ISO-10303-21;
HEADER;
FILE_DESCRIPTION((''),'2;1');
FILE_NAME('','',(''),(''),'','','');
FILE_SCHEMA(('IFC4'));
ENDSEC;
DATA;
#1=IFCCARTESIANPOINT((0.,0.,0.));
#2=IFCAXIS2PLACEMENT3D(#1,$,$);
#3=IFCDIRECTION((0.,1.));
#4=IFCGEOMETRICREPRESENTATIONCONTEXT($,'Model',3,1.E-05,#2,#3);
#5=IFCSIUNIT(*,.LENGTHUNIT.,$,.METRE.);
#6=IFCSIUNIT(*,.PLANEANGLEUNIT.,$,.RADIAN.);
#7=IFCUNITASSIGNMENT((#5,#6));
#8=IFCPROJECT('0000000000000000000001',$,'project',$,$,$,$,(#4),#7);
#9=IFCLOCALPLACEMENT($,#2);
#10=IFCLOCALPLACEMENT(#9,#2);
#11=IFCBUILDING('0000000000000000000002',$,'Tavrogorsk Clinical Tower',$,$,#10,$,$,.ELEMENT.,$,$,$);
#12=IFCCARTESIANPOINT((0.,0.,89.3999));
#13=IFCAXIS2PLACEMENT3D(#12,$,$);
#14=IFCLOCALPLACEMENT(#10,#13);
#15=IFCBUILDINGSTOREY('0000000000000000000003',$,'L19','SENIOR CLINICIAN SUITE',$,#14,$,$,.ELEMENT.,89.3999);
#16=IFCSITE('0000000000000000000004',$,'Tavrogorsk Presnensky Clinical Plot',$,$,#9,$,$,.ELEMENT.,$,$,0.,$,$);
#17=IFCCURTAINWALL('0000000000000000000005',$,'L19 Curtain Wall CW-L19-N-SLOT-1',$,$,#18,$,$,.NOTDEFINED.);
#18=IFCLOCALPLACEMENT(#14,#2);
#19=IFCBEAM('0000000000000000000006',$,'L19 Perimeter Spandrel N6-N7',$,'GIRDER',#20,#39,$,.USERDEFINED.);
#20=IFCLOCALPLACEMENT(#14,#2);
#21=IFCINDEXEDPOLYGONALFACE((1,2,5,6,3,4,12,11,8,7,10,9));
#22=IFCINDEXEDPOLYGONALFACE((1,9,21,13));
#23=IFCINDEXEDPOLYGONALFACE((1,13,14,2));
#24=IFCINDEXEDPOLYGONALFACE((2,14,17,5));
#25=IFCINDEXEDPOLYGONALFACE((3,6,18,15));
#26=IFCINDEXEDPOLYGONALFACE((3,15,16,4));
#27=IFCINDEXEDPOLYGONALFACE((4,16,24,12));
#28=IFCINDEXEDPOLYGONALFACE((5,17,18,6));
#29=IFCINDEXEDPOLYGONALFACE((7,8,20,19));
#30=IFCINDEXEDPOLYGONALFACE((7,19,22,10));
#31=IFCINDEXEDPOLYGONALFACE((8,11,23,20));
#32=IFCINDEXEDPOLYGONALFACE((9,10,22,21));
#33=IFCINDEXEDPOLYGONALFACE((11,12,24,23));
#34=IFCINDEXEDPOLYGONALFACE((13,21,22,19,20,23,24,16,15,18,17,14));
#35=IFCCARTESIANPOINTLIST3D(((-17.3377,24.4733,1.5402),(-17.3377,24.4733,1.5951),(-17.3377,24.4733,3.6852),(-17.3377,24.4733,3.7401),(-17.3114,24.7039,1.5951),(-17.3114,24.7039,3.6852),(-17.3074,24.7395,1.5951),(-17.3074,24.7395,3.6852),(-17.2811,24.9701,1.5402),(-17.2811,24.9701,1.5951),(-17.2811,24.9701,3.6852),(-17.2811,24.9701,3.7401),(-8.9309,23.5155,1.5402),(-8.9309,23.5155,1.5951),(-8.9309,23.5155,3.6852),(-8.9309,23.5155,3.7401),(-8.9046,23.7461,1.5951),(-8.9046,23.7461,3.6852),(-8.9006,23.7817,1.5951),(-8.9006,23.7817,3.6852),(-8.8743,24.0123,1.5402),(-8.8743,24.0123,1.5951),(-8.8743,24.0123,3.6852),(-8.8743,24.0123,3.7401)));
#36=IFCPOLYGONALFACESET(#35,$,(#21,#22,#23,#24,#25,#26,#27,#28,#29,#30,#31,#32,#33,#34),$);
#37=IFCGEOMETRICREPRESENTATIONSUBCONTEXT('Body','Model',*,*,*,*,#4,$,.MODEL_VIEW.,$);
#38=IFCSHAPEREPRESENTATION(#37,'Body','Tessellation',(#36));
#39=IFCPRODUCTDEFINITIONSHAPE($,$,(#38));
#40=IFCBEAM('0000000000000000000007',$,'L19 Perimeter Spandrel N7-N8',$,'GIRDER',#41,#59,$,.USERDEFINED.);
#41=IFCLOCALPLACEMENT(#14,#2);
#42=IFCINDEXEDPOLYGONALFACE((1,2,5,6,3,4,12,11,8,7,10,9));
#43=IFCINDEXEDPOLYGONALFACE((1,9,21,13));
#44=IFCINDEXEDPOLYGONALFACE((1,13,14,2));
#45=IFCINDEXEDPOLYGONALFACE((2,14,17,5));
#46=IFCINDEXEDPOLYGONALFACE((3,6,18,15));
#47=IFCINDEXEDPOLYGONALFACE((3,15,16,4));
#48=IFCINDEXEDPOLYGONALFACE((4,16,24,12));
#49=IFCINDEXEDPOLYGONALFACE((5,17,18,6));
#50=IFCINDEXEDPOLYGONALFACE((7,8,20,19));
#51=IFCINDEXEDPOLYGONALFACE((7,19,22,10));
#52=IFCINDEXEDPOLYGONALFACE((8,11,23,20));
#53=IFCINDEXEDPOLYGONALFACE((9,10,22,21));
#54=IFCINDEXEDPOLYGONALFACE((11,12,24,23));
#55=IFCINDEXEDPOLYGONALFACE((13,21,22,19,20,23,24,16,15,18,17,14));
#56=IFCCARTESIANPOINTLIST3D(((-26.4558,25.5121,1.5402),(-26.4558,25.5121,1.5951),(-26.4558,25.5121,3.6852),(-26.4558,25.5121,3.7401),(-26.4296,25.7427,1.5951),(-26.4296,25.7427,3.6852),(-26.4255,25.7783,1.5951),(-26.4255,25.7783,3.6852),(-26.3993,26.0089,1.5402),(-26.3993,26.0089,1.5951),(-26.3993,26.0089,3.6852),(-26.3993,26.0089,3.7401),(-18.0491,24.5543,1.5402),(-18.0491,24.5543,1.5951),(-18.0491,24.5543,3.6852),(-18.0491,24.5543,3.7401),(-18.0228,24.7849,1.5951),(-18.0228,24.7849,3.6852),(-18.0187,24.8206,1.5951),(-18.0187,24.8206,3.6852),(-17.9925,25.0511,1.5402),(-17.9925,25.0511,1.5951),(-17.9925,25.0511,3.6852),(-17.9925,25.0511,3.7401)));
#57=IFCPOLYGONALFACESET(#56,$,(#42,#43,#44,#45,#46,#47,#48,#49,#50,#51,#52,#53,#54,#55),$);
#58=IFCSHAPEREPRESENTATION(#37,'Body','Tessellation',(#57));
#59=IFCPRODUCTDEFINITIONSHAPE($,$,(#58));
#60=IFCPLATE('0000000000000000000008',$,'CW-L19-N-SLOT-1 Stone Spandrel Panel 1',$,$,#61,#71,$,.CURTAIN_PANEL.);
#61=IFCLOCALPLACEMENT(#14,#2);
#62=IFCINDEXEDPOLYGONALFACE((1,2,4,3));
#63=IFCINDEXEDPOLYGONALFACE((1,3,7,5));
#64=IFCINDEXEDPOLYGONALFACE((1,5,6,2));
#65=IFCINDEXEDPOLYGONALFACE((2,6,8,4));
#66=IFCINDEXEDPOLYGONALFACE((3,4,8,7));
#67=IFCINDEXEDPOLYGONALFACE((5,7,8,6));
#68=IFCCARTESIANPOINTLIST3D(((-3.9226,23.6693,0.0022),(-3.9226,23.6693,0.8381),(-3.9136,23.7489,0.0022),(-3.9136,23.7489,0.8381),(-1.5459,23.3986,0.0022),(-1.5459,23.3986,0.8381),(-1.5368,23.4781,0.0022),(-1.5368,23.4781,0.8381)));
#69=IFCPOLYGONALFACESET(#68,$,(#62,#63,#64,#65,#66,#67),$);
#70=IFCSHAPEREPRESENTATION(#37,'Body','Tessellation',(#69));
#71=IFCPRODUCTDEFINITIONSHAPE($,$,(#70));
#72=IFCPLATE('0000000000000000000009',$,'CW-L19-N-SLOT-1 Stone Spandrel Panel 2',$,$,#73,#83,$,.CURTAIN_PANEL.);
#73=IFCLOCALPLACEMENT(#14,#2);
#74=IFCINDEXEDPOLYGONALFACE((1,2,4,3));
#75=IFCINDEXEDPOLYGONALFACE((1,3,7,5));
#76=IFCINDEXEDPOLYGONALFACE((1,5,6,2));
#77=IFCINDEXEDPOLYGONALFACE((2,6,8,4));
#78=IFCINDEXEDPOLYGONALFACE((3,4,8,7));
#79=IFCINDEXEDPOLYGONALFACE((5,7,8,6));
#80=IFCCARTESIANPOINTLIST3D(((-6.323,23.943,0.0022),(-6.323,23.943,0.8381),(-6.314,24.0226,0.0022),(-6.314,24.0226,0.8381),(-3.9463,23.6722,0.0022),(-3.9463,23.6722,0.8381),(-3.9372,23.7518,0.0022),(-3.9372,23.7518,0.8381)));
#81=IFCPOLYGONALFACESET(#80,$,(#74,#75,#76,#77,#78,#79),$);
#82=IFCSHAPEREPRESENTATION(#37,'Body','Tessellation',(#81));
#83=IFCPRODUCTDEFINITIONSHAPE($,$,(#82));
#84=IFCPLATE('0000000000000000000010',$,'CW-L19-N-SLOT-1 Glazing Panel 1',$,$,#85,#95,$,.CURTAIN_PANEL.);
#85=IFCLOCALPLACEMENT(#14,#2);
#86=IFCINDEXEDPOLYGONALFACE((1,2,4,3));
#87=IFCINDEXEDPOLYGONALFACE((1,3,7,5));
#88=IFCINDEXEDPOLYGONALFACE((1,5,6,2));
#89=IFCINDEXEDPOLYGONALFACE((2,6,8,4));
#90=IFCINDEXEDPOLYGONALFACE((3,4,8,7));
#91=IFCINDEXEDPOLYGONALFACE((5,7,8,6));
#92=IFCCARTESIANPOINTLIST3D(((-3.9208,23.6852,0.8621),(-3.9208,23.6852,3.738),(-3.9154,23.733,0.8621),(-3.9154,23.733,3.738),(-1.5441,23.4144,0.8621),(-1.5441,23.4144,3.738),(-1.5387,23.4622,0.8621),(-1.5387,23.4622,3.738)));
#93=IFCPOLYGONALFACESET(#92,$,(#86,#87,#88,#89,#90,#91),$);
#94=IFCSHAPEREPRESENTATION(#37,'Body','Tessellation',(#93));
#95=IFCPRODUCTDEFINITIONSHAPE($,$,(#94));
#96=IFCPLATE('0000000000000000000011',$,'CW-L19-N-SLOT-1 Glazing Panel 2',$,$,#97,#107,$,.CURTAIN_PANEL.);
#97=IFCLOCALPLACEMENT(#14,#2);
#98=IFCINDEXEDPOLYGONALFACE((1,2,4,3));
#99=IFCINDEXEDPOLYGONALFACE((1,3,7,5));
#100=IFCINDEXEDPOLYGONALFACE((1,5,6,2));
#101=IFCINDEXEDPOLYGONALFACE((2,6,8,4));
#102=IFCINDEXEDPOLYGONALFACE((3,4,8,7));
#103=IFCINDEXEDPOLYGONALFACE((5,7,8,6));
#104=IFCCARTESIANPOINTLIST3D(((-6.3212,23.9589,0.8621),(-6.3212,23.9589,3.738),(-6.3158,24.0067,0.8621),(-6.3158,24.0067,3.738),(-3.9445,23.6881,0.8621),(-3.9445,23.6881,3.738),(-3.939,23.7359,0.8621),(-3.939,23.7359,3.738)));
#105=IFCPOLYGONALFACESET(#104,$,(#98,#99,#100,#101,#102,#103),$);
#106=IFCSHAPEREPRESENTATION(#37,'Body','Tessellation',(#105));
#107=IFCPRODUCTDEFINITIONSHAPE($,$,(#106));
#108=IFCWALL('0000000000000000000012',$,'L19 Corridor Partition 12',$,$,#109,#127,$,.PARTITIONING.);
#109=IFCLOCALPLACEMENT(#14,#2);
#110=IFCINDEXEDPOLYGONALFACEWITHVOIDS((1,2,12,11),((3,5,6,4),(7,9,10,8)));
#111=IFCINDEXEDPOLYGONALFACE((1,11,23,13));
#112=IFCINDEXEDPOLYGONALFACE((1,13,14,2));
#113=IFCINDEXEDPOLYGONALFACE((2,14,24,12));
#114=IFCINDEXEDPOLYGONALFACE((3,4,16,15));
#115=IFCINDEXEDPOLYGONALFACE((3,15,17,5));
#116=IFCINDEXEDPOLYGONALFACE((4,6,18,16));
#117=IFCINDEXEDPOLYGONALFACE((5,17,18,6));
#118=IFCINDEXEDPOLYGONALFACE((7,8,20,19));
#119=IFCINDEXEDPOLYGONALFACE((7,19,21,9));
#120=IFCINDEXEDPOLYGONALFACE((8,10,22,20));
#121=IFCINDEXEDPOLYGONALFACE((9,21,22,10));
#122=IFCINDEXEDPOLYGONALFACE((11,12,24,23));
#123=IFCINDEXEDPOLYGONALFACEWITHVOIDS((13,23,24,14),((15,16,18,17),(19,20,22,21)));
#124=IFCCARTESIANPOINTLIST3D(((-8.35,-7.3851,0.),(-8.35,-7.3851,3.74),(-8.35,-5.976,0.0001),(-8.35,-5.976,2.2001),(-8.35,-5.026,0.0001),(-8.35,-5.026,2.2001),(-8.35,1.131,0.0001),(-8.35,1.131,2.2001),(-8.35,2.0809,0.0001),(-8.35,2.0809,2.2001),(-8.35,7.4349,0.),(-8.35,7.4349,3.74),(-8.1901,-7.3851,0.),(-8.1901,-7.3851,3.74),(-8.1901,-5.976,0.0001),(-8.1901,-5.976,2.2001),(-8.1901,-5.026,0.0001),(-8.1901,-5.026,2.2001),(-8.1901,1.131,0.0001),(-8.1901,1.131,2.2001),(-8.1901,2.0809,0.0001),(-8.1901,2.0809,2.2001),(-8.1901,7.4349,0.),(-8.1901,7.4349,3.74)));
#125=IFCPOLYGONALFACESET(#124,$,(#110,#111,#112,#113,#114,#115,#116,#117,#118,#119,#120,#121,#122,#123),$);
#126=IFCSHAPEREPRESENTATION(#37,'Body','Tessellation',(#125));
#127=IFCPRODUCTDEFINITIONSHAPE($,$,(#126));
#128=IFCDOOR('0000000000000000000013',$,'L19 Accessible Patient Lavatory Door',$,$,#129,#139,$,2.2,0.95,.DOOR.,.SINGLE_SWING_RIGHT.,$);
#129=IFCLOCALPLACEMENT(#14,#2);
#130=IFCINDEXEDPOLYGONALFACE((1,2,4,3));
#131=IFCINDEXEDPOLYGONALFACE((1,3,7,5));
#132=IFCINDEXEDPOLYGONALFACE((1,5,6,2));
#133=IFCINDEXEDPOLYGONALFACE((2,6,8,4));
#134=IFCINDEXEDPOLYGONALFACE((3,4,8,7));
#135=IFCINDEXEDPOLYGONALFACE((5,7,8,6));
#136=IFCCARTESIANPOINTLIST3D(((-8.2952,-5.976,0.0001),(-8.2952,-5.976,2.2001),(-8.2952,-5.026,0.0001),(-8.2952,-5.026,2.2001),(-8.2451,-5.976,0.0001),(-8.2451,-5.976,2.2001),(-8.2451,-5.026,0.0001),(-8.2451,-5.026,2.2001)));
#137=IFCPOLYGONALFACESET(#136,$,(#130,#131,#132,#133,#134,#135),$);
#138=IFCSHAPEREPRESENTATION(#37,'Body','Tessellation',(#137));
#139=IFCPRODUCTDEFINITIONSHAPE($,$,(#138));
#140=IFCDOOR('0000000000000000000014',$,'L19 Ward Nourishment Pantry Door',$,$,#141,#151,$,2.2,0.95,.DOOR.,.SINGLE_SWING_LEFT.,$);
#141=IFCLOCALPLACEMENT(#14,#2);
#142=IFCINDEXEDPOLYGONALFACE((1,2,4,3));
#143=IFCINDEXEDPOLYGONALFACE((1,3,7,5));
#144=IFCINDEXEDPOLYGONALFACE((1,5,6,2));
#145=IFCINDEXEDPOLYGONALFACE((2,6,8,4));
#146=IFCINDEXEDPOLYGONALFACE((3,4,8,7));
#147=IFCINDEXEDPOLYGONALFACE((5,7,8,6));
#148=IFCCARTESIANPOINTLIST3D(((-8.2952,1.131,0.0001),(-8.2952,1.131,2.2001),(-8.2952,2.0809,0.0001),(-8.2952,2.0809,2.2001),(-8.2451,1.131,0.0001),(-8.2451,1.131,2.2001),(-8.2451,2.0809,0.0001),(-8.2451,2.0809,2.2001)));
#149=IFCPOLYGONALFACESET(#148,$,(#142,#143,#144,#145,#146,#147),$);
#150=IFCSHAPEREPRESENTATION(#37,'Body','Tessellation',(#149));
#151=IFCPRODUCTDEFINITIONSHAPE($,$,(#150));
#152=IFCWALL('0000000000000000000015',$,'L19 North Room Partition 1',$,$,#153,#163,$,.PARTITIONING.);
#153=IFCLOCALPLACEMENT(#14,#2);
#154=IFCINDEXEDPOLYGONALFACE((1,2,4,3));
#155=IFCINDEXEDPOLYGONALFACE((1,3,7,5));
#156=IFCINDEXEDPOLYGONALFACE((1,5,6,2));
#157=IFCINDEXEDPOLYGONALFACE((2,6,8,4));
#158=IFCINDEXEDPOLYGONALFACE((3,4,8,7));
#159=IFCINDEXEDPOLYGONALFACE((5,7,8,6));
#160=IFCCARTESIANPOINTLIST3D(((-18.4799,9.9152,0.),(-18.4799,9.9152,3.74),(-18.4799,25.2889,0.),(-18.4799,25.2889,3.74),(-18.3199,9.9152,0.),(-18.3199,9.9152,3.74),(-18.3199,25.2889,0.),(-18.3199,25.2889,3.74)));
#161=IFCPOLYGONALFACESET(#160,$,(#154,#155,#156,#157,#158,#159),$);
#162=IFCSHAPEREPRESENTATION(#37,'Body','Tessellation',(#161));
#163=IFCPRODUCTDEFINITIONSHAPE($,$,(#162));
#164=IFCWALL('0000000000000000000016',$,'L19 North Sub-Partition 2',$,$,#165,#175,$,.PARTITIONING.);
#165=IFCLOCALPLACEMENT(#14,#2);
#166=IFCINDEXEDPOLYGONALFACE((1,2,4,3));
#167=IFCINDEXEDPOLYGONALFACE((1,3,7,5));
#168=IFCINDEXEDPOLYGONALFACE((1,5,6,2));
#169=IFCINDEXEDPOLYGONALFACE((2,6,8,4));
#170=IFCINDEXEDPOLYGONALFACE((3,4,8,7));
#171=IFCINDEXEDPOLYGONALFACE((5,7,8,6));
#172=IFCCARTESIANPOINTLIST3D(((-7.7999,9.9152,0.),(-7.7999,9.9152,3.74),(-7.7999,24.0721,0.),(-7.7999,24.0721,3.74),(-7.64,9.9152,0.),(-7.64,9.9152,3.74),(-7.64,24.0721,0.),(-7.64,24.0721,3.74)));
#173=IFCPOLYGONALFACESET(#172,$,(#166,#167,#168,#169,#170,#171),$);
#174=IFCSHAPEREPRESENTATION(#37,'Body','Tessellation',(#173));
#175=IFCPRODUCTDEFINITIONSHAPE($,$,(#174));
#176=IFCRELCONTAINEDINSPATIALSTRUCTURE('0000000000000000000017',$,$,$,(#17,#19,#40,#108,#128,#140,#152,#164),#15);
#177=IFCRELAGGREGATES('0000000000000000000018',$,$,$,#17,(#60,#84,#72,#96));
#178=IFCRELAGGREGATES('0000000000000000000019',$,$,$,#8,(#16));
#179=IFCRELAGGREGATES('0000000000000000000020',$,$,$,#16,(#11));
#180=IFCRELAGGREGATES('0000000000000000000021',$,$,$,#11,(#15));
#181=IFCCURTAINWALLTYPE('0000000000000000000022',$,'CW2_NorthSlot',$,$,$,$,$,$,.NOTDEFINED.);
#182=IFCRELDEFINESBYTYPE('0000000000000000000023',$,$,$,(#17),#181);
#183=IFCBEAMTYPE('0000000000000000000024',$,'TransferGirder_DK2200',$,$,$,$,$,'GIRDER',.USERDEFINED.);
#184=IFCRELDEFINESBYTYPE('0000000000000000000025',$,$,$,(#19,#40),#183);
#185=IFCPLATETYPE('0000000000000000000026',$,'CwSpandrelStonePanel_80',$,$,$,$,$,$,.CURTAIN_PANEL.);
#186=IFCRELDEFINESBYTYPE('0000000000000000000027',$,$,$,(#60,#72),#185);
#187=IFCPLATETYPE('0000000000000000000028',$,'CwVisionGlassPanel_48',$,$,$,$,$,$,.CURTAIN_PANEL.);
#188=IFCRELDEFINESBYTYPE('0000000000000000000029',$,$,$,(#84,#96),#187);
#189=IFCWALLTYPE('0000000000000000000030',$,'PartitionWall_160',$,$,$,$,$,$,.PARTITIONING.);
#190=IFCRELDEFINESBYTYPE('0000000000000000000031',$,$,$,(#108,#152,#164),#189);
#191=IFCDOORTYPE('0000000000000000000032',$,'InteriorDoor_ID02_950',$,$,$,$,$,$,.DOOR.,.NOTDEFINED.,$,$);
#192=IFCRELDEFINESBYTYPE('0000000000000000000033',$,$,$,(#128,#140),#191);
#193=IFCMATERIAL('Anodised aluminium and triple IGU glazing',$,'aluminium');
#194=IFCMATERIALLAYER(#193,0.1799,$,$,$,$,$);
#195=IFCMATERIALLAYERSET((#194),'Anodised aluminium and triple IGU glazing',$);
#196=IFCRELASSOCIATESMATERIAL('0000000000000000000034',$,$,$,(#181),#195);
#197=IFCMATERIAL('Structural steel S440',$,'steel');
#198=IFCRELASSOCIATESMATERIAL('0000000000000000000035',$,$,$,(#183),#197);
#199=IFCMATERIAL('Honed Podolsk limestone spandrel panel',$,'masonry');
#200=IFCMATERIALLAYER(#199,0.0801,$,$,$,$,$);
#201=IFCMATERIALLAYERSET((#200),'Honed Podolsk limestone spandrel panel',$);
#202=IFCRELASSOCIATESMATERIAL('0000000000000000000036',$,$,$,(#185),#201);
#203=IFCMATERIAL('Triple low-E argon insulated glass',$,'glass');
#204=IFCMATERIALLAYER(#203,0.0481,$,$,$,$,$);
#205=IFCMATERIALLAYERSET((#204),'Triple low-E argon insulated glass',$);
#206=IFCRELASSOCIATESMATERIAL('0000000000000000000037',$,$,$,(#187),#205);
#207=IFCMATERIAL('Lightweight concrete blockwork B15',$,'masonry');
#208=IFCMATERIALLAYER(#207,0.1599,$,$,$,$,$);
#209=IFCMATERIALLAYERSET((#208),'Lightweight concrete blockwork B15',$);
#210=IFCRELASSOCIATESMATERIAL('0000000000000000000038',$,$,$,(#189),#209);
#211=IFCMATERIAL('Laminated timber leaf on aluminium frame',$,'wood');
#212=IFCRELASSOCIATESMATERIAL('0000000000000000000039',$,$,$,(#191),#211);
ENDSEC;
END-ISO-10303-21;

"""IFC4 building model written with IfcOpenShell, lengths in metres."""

from ifc_helpers import new_model, si_unit, direction, frame, frame_2d, origin, origin_2d, place, context, subcontext, project, spatial, rectangle, i_section, extrude, material, layer, layer_set, material_profile, profile_set, type_object, element, fill, aggregate, save


model = new_model("IFC4")

# Units and contexts
model_context = context("Model", 3, precision=1e-05, world=origin(), true_north=direction((0.0, 1.0)))
body_context = subcontext(model_context, "Body", "Model", "MODEL_VIEW")
ifc_project = project(units=[si_unit("LENGTHUNIT", "METRE"), si_unit("PLANEANGLEUNIT", "RADIAN")], contexts=[model_context])

# Site, building, storey
site_placement = place(None, origin())
site = spatial("IfcSite", under=ifc_project, at=site_placement, Name="Tavrogorsk Presnensky Clinical Plot", CompositionType="ELEMENT", RefElevation=0.0)
building_placement = place(site_placement, origin())
building = spatial("IfcBuilding", under=site, at=building_placement, Name="Tavrogorsk Clinical Tower", CompositionType="ELEMENT")
storey_placement = place(building_placement, frame((0.0, 0.0, 89.3999)))
storey = spatial("IfcBuildingStorey", under=building, at=storey_placement, Name="L19", Description="SENIOR CLINICIAN SUITE", CompositionType="ELEMENT", Elevation=89.3999)

# Curtain wall
ifc_material_1 = material(Name="Anodised aluminium and triple IGU glazing", Category="aluminium")
ifc_layer_1 = layer(ifc_material_1, 0.1799)
ifc_layer_set_1 = layer_set([ifc_layer_1], Name="Anodised aluminium and triple IGU glazing")
curtain_wall_type = type_object("IfcCurtainWallType", Name="CW2_NorthSlot", PredefinedType="NOTDEFINED", material=ifc_layer_set_1)
curtain_wall_placement = place(storey_placement, origin())
curtain_wall = element("IfcCurtainWall", 1, at=curtain_wall_placement, inside=storey, type_object=curtain_wall_type, Name="L19 Curtain Wall CW-L19-N-SLOT-1", PredefinedType="NOTDEFINED")

# Beams
ifc_material_2 = material(Name="Structural steel S440", Category="steel")
ifc_material_profile_1 = material_profile(ifc_material_2, i_section(OverallWidth=0.5, OverallDepth=2.2, WebThickness=0.0359, FlangeThickness=0.0549, at=origin_2d()), Name="DK-2200x500x36x55")
ifc_profile_set_1 = profile_set([ifc_material_profile_1], Name="Structural steel S440")
beam_type_1 = type_object("IfcBeamType", Name="TransferGirder_DK2200", ElementType="GIRDER", PredefinedType="USERDEFINED", material=ifc_profile_set_1)
for number, where, z_axis, x_axis, name in (
    (2, (-8.9026, 23.7639, 2.6401), (-0.993573, 0.113196, 0.0), (-0.113196, -0.993573, 0.0), "L19 Perimeter Spandrel N6-N7"),
    (3, (-18.0208, 24.8027, 2.6401), (-0.993573, 0.113196, 0.0), (-0.113196, -0.993573, 0.0), "L19 Perimeter Spandrel N7-N8"),
):
    element("IfcBeam", number, at=place(storey_placement, frame(where, z_axis=z_axis, x_axis=x_axis)), inside=storey, type_object=beam_type_1, Name=name, ObjectType="GIRDER", PredefinedType="USERDEFINED", context=body_context, shape_type="SweptSolid", body=[
        extrude(i_section(OverallWidth=0.5, OverallDepth=2.2, WebThickness=0.0359, FlangeThickness=0.0549, at=origin_2d()), origin(), (0.0, 0.0, 1.0), 8.4612),
    ])

# Plates
ifc_material_3 = material(Name="Honed Podolsk limestone spandrel panel", Category="masonry")
ifc_layer_2 = layer(ifc_material_3, 0.0801)
ifc_layer_set_2 = layer_set([ifc_layer_2], Name="Honed Podolsk limestone spandrel panel")
plate_type_1 = type_object("IfcPlateType", Name="CwSpandrelStonePanel_80", PredefinedType="CURTAIN_PANEL", material=ifc_layer_set_2)
plate_1_placement = place(storey_placement, frame((-2.7297, 23.5737, 0.0022), z_axis=(0.0, 0.0, 1.0), x_axis=(-0.993572, 0.113203, 0.0)))
plate_1 = element("IfcPlate", 4, at=plate_1_placement, type_object=plate_type_1, Name="CW-L19-N-SLOT-1 Stone Spandrel Panel 1", PredefinedType="CURTAIN_PANEL", context=body_context, shape_type="SweptSolid", body=[
    extrude(rectangle(XDim=2.3921, YDim=0.0801, at=origin_2d()), origin(), (0.0, 0.0, 1.0), 0.8359),
])
plate_2_placement = place(storey_placement, frame((-5.1301, 23.8474, 0.0022), z_axis=(0.0, 0.0, 1.0), x_axis=(-0.993572, 0.113203, 0.0)))
plate_2 = element("IfcPlate", 5, at=plate_2_placement, type_object=plate_type_1, Name="CW-L19-N-SLOT-1 Stone Spandrel Panel 2", PredefinedType="CURTAIN_PANEL", context=body_context, shape_type="SweptSolid", body=[
    extrude(rectangle(XDim=2.3921, YDim=0.0801, at=origin_2d()), origin(), (0.0, 0.0, 1.0), 0.8359),
])
ifc_material_4 = material(Name="Triple low-E argon insulated glass", Category="glass")
ifc_layer_3 = layer(ifc_material_4, 0.0481)
ifc_layer_set_3 = layer_set([ifc_layer_3], Name="Triple low-E argon insulated glass")
plate_type_2 = type_object("IfcPlateType", Name="CwVisionGlassPanel_48", PredefinedType="CURTAIN_PANEL", material=ifc_layer_set_3)
plate_3_placement = place(storey_placement, frame((-2.7297, 23.5737, 0.8621), z_axis=(0.0, 0.0, 1.0), x_axis=(-0.993572, 0.113203, 0.0)))
plate_3 = element("IfcPlate", 6, at=plate_3_placement, type_object=plate_type_2, Name="CW-L19-N-SLOT-1 Glazing Panel 1", PredefinedType="CURTAIN_PANEL", context=body_context, shape_type="SweptSolid", body=[
    extrude(rectangle(XDim=2.3921, YDim=0.0481, at=origin_2d()), origin(), (0.0, 0.0, 1.0), 2.876),
])
plate_4_placement = place(storey_placement, frame((-5.1301, 23.8474, 0.8621), z_axis=(0.0, 0.0, 1.0), x_axis=(-0.993572, 0.113203, 0.0)))
plate_4 = element("IfcPlate", 7, at=plate_4_placement, type_object=plate_type_2, Name="CW-L19-N-SLOT-1 Glazing Panel 2", PredefinedType="CURTAIN_PANEL", context=body_context, shape_type="SweptSolid", body=[
    extrude(rectangle(XDim=2.3921, YDim=0.0481, at=origin_2d()), origin(), (0.0, 0.0, 1.0), 2.876),
])
aggregate(curtain_wall, [plate_1, plate_3, plate_2, plate_4])

# Wall, openings, doors
ifc_material_5 = material(Name="Lightweight concrete blockwork B15", Category="masonry")
ifc_layer_4 = layer(ifc_material_5, 0.1599)
ifc_layer_set_4 = layer_set([ifc_layer_4], Name="Lightweight concrete blockwork B15")
wall_type_1 = type_object("IfcWallType", Name="PartitionWall_160", PredefinedType="PARTITIONING", material=ifc_layer_set_4)
wall_1_placement = place(storey_placement, frame((-8.27, 7.4351, 0.0), z_axis=(0.0, 0.0, 1.0), x_axis=(0.0, -1.0, 0.0)))
wall_1 = element("IfcWall", 8, at=wall_1_placement, inside=storey, type_object=wall_type_1, Name="L19 Corridor Partition 12", PredefinedType="PARTITIONING", context=body_context, shape_type="SweptSolid", body=[
    extrude(rectangle(XDim=14.8201, YDim=0.1599, at=frame_2d((7.4102, 0.0))), origin(), (0.0, 0.0, 1.0), 3.74),
])
opening_1_placement = place(wall_1_placement, frame((12.4609, 0.0, 0.0)))
opening_1 = element("IfcOpeningElement", 9, at=opening_1_placement, cuts=wall_1, PredefinedType="OPENING", context=body_context, shape_type="SweptSolid", body=[
    extrude(rectangle(XDim=0.95, YDim=2.2, at=frame_2d((0.4751, 1.1001))), frame((0.0, 0.0898, 0.0), z_axis=(0.0, -1.0, 0.0), x_axis=(1.0, 0.0, 0.0)), (0.0, 0.0, 1.0), 0.1799),
])
opening_2_placement = place(wall_1_placement, frame((5.354, 0.0, 0.0)))
opening_2 = element("IfcOpeningElement", 10, at=opening_2_placement, cuts=wall_1, PredefinedType="OPENING", context=body_context, shape_type="SweptSolid", body=[
    extrude(rectangle(XDim=0.95, YDim=2.2, at=frame_2d((0.4751, 1.1001))), frame((0.0, 0.0898, 0.0), z_axis=(0.0, -1.0, 0.0), x_axis=(1.0, 0.0, 0.0)), (0.0, 0.0, 1.0), 0.1799),
])
ifc_material_6 = material(Name="Laminated timber leaf on aluminium frame", Category="wood")
door_type = type_object("IfcDoorType", Name="InteriorDoor_ID02_950", OperationType="NOTDEFINED", PredefinedType="DOOR", material=ifc_material_6)
door_1_placement = place(opening_1_placement, origin())
door_1 = element("IfcDoor", 11, at=door_1_placement, inside=storey, type_object=door_type, Name="L19 Accessible Patient Lavatory Door", OperationType="SINGLE_SWING_RIGHT", OverallHeight=2.2, OverallWidth=0.95, PredefinedType="DOOR", context=body_context, shape_type="SweptSolid", body=[
    extrude(rectangle(XDim=0.95, YDim=2.2, at=frame_2d((0.4751, 1.1001))), frame((0.0, 0.0249, 0.0), z_axis=(0.0, -1.0, 0.0), x_axis=(1.0, 0.0, 0.0)), (0.0, 0.0, 1.0), 0.05),
])
fill(opening_1, door_1)
door_2_placement = place(opening_2_placement, origin())
door_2 = element("IfcDoor", 12, at=door_2_placement, inside=storey, type_object=door_type, Name="L19 Ward Nourishment Pantry Door", OperationType="SINGLE_SWING_LEFT", OverallHeight=2.2, OverallWidth=0.95, PredefinedType="DOOR", context=body_context, shape_type="SweptSolid", body=[
    extrude(rectangle(XDim=0.95, YDim=2.2, at=frame_2d((0.4751, 1.1001))), frame((0.0, 0.0249, 0.0), z_axis=(0.0, -1.0, 0.0), x_axis=(1.0, 0.0, 0.0)), (0.0, 0.0, 1.0), 0.05),
])
fill(opening_2, door_2)

# Walls
wall_2_placement = place(storey_placement, frame((-18.3999, 9.915, 0.0), z_axis=(0.0, 0.0, 1.0), x_axis=(0.0, 1.0, 0.0)))
element("IfcWall", 13, at=wall_2_placement, inside=storey, type_object=wall_type_1, Name="L19 North Room Partition 1", PredefinedType="PARTITIONING", context=body_context, shape_type="SweptSolid", body=[
    extrude(rectangle(XDim=15.3738, YDim=0.1599, at=frame_2d((7.687, 0.0))), origin(), (0.0, 0.0, 1.0), 3.74),
])
wall_3_placement = place(storey_placement, frame((-7.72, 9.915, 0.0), z_axis=(0.0, 0.0, 1.0), x_axis=(0.0, 1.0, 0.0)))
element("IfcWall", 14, at=wall_3_placement, inside=storey, type_object=wall_type_1, Name="L19 North Sub-Partition 2", PredefinedType="PARTITIONING", context=body_context, shape_type="SweptSolid", body=[
    extrude(rectangle(XDim=14.157, YDim=0.1599, at=frame_2d((7.0786, 0.0))), origin(), (0.0, 0.0, 1.0), 3.74),
])

save(model, "model.ifc")
